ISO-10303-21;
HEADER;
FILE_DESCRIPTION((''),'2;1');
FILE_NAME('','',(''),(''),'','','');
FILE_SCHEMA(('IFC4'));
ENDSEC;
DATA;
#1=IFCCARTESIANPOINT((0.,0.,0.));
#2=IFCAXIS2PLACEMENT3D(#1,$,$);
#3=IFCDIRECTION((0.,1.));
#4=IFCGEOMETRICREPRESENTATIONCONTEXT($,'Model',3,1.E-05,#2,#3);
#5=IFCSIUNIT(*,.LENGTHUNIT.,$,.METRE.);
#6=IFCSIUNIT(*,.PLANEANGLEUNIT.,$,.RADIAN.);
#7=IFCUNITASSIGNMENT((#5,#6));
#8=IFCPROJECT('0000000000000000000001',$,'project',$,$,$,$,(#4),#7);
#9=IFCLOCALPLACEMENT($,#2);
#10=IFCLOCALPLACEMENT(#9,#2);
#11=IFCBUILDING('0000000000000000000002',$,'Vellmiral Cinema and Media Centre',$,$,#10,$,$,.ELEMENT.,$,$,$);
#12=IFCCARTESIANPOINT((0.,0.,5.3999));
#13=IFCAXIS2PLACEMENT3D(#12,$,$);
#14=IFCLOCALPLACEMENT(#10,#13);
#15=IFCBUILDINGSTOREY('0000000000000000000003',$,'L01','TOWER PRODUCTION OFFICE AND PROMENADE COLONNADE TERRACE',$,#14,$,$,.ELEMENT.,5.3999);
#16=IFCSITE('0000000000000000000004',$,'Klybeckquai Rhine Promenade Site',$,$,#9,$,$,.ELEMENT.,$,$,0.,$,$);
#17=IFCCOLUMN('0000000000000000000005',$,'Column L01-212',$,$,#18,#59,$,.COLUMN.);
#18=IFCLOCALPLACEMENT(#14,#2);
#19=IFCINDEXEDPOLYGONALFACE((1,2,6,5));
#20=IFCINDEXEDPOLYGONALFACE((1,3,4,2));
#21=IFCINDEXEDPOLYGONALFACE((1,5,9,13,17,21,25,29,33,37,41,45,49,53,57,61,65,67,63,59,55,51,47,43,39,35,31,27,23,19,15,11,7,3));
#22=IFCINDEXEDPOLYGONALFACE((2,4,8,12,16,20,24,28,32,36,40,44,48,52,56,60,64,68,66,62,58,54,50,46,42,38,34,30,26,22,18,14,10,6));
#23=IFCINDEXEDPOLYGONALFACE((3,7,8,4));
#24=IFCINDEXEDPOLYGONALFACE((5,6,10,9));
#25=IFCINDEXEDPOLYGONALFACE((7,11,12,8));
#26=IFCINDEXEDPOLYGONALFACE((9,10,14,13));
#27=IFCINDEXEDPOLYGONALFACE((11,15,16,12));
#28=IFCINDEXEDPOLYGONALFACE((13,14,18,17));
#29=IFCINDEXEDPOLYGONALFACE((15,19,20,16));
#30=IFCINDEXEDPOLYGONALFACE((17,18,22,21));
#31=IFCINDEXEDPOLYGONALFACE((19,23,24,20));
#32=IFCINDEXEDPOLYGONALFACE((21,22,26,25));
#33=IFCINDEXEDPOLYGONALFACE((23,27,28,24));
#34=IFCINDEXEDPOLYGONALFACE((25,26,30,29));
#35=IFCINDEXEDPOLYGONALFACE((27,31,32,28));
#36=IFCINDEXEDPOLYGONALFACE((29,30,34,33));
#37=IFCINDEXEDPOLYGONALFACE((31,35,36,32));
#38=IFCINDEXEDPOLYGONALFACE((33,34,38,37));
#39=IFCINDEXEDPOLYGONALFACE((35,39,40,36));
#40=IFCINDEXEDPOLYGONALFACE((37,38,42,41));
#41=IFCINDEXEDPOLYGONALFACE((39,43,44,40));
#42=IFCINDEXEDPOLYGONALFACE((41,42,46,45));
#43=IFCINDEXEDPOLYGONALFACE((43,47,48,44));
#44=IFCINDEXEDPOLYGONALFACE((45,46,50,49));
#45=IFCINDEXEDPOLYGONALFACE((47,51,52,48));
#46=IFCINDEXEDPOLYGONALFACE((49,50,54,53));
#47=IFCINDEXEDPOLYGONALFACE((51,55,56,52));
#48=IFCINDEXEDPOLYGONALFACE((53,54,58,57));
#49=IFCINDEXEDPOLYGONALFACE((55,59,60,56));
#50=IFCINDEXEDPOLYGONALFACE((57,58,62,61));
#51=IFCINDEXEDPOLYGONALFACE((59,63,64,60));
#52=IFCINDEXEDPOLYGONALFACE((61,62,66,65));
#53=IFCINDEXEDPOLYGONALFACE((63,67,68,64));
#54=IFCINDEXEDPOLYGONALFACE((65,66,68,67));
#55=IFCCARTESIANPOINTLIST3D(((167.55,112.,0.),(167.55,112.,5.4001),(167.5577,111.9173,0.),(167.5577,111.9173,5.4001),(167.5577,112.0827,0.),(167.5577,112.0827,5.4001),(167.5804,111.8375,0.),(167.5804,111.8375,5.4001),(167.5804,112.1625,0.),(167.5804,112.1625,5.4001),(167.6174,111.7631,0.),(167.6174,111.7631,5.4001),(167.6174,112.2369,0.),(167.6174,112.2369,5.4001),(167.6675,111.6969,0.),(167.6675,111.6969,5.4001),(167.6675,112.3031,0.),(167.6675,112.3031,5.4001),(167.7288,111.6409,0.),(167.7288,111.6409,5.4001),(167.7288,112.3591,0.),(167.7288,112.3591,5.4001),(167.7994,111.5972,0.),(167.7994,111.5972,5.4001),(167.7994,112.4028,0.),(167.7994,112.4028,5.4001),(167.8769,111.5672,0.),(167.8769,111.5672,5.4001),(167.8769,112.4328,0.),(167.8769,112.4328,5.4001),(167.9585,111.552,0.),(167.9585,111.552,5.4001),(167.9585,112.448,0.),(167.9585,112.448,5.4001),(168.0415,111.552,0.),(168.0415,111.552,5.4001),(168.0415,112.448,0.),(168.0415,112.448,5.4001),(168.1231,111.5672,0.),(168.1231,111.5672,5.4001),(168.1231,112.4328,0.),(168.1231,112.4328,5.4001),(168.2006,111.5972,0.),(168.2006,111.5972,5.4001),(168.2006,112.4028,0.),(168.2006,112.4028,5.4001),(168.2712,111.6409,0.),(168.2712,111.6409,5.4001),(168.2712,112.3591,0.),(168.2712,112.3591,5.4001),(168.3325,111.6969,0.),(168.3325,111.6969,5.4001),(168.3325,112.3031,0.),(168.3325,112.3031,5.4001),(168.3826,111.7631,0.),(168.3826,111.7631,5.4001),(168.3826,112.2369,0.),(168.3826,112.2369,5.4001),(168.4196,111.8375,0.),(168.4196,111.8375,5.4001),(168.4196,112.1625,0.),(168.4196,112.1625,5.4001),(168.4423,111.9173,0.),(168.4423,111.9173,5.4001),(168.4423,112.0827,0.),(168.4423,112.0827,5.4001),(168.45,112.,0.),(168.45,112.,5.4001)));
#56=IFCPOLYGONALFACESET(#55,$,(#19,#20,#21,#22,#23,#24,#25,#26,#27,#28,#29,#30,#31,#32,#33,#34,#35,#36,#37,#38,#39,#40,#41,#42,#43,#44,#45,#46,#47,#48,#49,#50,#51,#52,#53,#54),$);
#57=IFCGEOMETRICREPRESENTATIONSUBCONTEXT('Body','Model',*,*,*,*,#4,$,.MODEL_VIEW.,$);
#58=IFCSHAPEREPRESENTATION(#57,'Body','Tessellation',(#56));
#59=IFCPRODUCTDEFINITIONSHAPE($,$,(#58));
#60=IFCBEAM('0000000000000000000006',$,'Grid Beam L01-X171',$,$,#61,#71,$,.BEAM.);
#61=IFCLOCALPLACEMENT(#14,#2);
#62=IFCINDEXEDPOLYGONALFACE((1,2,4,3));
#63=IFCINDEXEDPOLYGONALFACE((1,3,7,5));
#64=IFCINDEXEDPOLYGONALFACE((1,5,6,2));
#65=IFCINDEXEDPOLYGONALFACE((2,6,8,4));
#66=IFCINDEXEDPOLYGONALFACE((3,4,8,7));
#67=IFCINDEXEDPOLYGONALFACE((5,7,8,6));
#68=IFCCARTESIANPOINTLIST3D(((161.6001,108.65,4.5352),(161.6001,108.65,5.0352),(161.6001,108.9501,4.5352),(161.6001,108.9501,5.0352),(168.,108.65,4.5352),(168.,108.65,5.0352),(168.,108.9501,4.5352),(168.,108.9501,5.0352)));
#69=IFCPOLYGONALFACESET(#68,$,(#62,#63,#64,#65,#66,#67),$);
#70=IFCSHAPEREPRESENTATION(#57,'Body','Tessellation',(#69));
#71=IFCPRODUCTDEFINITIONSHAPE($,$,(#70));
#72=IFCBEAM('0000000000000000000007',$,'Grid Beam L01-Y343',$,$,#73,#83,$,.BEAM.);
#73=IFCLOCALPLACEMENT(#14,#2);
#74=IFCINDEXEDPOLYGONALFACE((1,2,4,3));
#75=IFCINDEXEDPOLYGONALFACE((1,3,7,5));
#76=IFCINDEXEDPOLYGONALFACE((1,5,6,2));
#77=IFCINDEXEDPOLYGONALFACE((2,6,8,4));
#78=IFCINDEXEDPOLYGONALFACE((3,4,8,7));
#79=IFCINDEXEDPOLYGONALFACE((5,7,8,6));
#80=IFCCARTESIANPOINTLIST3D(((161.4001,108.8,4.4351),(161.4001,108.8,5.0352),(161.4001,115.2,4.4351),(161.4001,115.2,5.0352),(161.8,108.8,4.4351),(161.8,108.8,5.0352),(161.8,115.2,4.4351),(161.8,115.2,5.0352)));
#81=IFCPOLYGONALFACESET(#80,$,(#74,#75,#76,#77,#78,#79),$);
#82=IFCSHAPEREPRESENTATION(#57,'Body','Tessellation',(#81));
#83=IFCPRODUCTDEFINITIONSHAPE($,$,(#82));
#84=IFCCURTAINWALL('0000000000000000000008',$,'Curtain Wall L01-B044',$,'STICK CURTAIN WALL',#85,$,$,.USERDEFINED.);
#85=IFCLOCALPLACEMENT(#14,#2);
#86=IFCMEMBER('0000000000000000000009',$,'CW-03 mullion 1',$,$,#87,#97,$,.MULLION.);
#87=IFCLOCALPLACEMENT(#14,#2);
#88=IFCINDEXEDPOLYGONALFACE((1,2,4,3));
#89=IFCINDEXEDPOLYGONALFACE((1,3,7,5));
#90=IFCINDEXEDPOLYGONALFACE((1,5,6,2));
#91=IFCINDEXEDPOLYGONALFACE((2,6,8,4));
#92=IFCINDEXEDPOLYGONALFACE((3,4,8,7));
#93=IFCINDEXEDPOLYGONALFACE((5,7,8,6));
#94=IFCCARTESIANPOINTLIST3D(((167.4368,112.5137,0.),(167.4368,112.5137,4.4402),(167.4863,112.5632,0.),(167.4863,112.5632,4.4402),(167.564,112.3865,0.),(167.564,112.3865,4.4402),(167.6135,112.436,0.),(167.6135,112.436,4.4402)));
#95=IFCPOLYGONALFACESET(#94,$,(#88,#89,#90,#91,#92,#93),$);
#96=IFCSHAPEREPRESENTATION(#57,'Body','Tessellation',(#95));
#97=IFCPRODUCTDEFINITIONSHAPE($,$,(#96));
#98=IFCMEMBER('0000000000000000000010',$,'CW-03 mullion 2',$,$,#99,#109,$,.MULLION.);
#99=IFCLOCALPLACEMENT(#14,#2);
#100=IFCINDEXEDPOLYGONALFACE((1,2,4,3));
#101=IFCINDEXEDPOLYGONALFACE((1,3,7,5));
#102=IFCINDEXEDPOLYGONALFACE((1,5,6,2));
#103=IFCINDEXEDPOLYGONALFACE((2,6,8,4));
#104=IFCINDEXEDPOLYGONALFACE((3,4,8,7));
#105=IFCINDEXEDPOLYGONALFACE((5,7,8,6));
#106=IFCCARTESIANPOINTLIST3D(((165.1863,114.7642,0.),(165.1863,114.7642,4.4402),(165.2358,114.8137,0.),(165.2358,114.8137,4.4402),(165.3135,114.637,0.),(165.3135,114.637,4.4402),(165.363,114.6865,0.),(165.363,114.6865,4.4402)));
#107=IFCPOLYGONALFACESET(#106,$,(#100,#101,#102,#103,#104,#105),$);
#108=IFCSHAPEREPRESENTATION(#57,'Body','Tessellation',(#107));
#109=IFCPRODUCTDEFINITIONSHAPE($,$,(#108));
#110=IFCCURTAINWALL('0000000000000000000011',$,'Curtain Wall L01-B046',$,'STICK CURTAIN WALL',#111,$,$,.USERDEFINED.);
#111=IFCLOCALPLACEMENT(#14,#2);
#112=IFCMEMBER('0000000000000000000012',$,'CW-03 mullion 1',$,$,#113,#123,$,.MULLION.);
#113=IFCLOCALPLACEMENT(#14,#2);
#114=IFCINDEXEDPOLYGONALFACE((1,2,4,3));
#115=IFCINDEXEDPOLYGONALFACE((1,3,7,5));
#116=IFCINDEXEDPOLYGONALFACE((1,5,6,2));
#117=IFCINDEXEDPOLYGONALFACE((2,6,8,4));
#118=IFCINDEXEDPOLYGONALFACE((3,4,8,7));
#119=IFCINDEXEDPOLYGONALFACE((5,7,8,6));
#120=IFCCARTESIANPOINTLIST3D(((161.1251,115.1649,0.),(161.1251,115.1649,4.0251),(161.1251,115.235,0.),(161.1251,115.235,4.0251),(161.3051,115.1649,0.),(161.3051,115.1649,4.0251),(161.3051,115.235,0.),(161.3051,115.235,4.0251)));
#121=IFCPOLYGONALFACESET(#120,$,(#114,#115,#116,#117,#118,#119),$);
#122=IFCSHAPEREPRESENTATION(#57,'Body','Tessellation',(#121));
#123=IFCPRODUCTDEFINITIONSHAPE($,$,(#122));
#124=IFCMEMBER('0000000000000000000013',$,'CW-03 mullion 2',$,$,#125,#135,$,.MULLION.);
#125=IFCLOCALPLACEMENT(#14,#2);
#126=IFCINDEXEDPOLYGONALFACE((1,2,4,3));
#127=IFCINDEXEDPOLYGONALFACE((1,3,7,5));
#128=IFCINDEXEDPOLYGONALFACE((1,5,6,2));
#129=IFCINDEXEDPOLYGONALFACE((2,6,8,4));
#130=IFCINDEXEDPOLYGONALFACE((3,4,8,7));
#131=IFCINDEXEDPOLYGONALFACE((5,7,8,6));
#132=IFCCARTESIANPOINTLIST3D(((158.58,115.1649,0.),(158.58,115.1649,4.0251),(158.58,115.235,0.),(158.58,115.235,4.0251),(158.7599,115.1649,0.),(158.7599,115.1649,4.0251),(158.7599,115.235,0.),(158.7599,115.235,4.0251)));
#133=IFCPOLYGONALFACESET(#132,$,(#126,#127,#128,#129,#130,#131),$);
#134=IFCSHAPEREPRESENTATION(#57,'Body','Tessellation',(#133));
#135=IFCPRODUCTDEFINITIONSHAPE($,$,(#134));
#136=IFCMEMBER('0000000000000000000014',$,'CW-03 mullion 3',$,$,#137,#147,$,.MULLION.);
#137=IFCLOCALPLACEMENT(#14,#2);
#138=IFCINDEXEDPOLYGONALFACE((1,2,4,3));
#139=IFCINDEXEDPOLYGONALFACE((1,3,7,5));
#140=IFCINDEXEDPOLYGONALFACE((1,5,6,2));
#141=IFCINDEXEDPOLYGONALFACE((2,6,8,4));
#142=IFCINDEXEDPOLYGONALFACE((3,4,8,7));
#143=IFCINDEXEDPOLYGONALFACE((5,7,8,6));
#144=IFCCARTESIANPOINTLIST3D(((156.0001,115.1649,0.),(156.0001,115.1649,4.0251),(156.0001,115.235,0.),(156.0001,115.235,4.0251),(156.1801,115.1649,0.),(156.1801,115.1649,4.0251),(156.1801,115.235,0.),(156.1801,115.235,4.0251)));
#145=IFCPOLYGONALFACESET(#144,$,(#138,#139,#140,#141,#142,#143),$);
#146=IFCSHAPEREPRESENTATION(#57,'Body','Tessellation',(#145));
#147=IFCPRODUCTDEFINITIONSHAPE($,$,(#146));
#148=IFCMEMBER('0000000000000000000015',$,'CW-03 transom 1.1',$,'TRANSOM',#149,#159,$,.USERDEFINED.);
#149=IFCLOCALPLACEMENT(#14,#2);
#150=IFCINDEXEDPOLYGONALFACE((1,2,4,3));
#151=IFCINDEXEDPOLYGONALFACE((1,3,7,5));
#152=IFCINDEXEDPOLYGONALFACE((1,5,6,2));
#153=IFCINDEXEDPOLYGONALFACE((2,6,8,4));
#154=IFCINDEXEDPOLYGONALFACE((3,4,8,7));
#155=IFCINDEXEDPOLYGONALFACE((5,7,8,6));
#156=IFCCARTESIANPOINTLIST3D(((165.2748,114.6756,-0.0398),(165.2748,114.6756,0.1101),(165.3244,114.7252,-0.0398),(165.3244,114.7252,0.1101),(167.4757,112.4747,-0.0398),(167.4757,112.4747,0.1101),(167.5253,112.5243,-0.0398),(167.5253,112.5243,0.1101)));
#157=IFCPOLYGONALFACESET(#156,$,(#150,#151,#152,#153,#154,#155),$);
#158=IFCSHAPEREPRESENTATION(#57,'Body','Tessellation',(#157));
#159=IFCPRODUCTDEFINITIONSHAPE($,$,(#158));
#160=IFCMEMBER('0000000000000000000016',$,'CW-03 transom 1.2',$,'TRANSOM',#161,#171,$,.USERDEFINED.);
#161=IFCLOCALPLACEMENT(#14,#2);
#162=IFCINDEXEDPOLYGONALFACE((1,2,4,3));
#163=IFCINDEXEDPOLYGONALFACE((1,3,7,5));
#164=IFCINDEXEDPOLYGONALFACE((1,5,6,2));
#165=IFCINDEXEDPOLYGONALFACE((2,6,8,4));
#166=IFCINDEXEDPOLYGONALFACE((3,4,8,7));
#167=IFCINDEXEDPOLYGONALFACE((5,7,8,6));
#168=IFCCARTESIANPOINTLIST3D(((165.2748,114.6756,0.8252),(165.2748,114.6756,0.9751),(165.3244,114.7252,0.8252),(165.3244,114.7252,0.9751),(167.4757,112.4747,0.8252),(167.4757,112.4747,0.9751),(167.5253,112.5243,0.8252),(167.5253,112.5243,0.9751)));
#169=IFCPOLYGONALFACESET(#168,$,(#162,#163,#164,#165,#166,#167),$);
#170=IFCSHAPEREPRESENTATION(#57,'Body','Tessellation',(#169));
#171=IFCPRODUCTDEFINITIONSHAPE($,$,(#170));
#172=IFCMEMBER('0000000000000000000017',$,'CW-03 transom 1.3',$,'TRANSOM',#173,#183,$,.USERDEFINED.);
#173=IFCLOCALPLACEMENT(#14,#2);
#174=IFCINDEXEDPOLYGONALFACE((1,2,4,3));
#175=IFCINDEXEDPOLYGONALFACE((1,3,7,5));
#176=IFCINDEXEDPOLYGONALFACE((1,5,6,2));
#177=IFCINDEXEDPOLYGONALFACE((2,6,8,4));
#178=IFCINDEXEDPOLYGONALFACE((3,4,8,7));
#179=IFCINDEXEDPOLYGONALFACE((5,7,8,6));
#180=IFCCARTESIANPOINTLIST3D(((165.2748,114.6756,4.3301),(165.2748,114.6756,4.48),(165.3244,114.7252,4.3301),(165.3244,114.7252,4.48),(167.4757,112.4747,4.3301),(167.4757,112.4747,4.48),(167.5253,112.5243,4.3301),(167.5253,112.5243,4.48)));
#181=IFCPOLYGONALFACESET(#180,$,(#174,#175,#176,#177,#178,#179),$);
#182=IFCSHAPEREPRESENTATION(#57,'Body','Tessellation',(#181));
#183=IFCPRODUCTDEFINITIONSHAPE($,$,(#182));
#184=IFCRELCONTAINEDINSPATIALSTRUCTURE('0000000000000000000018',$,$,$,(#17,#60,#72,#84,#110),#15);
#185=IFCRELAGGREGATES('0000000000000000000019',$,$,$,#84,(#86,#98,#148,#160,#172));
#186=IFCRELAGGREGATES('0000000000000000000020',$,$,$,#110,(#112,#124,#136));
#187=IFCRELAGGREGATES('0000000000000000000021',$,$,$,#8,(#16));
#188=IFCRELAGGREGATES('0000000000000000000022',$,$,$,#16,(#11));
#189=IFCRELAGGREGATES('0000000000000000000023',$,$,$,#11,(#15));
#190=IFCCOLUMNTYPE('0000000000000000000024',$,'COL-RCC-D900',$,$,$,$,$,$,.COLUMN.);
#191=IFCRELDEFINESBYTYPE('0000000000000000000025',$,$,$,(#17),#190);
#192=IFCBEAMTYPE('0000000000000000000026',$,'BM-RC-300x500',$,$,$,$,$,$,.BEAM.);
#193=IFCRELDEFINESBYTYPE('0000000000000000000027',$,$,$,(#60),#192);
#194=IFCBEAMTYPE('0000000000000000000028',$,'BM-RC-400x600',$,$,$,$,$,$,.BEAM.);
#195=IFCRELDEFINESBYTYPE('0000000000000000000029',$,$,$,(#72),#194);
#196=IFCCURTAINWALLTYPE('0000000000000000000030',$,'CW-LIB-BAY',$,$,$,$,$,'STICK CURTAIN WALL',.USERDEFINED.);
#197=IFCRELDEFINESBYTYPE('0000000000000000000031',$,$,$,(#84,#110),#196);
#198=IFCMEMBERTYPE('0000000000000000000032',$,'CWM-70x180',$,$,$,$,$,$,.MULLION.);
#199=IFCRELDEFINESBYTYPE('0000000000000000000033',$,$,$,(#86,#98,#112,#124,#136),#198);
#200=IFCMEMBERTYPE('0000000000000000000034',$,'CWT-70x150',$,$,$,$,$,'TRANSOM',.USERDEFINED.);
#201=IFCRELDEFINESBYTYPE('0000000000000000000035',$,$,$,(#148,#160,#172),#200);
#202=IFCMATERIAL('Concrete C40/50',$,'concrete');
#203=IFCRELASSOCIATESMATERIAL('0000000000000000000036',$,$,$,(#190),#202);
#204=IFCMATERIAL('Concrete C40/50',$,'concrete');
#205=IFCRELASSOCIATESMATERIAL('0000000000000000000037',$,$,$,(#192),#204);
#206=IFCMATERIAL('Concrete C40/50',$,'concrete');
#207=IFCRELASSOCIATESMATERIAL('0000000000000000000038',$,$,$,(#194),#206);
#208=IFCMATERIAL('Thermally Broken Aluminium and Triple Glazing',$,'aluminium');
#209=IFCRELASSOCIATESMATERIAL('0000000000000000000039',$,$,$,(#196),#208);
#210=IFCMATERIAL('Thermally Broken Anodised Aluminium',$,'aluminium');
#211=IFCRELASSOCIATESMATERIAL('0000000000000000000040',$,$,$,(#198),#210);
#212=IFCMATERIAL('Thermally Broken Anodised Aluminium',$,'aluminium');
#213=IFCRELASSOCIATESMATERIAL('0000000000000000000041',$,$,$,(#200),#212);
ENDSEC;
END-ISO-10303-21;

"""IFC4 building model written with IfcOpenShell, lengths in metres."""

from ifc_helpers import new_model, si_unit, direction, frame, origin, origin_2d, place, context, subcontext, project, spatial, rectangle, circle, extrude, material, material_profile, profile_set, type_object, element, aggregate, save


model = new_model("IFC4")

# Units and contexts
model_context = context("Model", 3, precision=1e-05, world=origin(), true_north=direction((0.0, 1.0)))
body_context = subcontext(model_context, "Body", "Model", "MODEL_VIEW")
ifc_project = project(units=[si_unit("LENGTHUNIT", "METRE"), si_unit("PLANEANGLEUNIT", "RADIAN")], contexts=[model_context])

# Site, building, storey
site_placement = place(None, origin())
site = spatial("IfcSite", under=ifc_project, at=site_placement, Name="Klybeckquai Rhine Promenade Site", CompositionType="ELEMENT", RefElevation=0.0)
building_placement = place(site_placement, origin())
building = spatial("IfcBuilding", under=site, at=building_placement, Name="Vellmiral Cinema and Media Centre", CompositionType="ELEMENT")
storey_placement = place(building_placement, frame((0.0, 0.0, 5.3999)))
storey = spatial("IfcBuildingStorey", under=building, at=storey_placement, Name="L01", Description="TOWER PRODUCTION OFFICE AND PROMENADE COLONNADE TERRACE", CompositionType="ELEMENT", Elevation=5.3999)

# Column
ifc_material_1 = material(Name="Concrete C40/50", Category="concrete")
ifc_material_profile_1 = material_profile(ifc_material_1, circle(Radius=0.45, at=origin_2d()), Name="RC D900")
ifc_profile_set_1 = profile_set([ifc_material_profile_1], Name="Concrete C40/50")
column_type_1 = type_object("IfcColumnType", Name="COL-RCC-D900", PredefinedType="COLUMN", material=ifc_profile_set_1)
for number, where, z_axis, x_axis, name in (
    (1, (168.0, 112.0, 0.0), (0.0, 0.0, 1.0), (1.0, 0.0, 0.0), "Column L01-212"),
):
    element("IfcColumn", number, at=place(storey_placement, frame(where, z_axis=z_axis, x_axis=x_axis)), inside=storey, type_object=column_type_1, Name=name, PredefinedType="COLUMN", context=body_context, shape_type="SweptSolid", body=[
        extrude(circle(Radius=0.45, at=origin_2d()), origin(), (0.0, 0.0, 1.0), 5.4001),
    ])

# Beams
ifc_material_2 = material(Name="Concrete C40/50", Category="concrete")
ifc_material_profile_2 = material_profile(ifc_material_2, rectangle(XDim=0.3, YDim=0.5, at=origin_2d()), Name="RC 300x500")
ifc_profile_set_2 = profile_set([ifc_material_profile_2], Name="Concrete C40/50")
beam_type_1 = type_object("IfcBeamType", Name="BM-RC-300x500", PredefinedType="BEAM", material=ifc_profile_set_2)
beam_1_placement = place(storey_placement, frame((161.6001, 108.8, 4.7852), z_axis=(1.0, 0.0, 0.0), x_axis=(0.0, 1.0, 0.0)))
element("IfcBeam", 2, at=beam_1_placement, inside=storey, type_object=beam_type_1, Name="Grid Beam L01-X171", PredefinedType="BEAM", context=body_context, shape_type="SweptSolid", body=[
    extrude(rectangle(XDim=0.3, YDim=0.5, at=origin_2d()), origin(), (0.0, 0.0, 1.0), 6.3999),
])
ifc_material_3 = material(Name="Concrete C40/50", Category="concrete")
ifc_material_profile_3 = material_profile(ifc_material_3, rectangle(XDim=0.3999, YDim=0.6001, at=origin_2d()), Name="RC 400x600")
ifc_profile_set_3 = profile_set([ifc_material_profile_3], Name="Concrete C40/50")
beam_type_2 = type_object("IfcBeamType", Name="BM-RC-400x600", PredefinedType="BEAM", material=ifc_profile_set_3)
beam_2_placement = place(storey_placement, frame((161.6001, 108.8, 4.7351), z_axis=(0.0, 1.0, 0.0), x_axis=(-1.0, 0.0, 0.0)))
element("IfcBeam", 3, at=beam_2_placement, inside=storey, type_object=beam_type_2, Name="Grid Beam L01-Y343", PredefinedType="BEAM", context=body_context, shape_type="SweptSolid", body=[
    extrude(rectangle(XDim=0.3999, YDim=0.6001, at=origin_2d()), origin(), (0.0, 0.0, 1.0), 6.3999),
])

# Curtain walls, members
ifc_material_4 = material(Name="Thermally Broken Aluminium and Triple Glazing", Category="aluminium")
curtain_wall_type = type_object("IfcCurtainWallType", Name="CW-LIB-BAY", ElementType="STICK CURTAIN WALL", PredefinedType="USERDEFINED", material=ifc_material_4)
curtain_wall_1_placement = place(storey_placement, origin())
curtain_wall_1 = element("IfcCurtainWall", 4, at=curtain_wall_1_placement, inside=storey, type_object=curtain_wall_type, Name="Curtain Wall L01-B044", ObjectType="STICK CURTAIN WALL", PredefinedType="USERDEFINED")
ifc_material_5 = material(Name="Thermally Broken Anodised Aluminium", Category="aluminium")
ifc_material_profile_4 = material_profile(ifc_material_5, rectangle(XDim=0.0701, YDim=0.1799, at=origin_2d()), Name="MULL 70x180")
ifc_profile_set_4 = profile_set([ifc_material_profile_4], Name="Thermally Broken Anodised Aluminium")
member_type_1 = type_object("IfcMemberType", Name="CWM-70x180", PredefinedType="MULLION", material=ifc_profile_set_4)
member_1_placement = place(storey_placement, frame((167.5251, 112.4749, 0.0), z_axis=(0.0, 0.0, 1.0), x_axis=(-0.707107, -0.707107, 0.0)))
member_1 = element("IfcMember", 5, at=member_1_placement, type_object=member_type_1, Name="CW-03 mullion 1", PredefinedType="MULLION", context=body_context, shape_type="SweptSolid", body=[
    extrude(rectangle(XDim=0.0701, YDim=0.1799, at=origin_2d()), origin(), (0.0, 0.0, 1.0), 4.4402),
])
member_2_placement = place(storey_placement, frame((165.2747, 114.7253, 0.0), z_axis=(0.0, 0.0, 1.0), x_axis=(-0.707107, -0.707107, 0.0)))
member_2 = element("IfcMember", 6, at=member_2_placement, type_object=member_type_1, Name="CW-03 mullion 2", PredefinedType="MULLION", context=body_context, shape_type="SweptSolid", body=[
    extrude(rectangle(XDim=0.0701, YDim=0.1799, at=origin_2d()), origin(), (0.0, 0.0, 1.0), 4.4402),
])
curtain_wall_2_placement = place(storey_placement, origin())
curtain_wall_2 = element("IfcCurtainWall", 7, at=curtain_wall_2_placement, inside=storey, type_object=curtain_wall_type, Name="Curtain Wall L01-B046", ObjectType="STICK CURTAIN WALL", PredefinedType="USERDEFINED")
member_3_placement = place(storey_placement, frame((161.2151, 115.2, 0.0), z_axis=(0.0, 0.0, 1.0), x_axis=(0.0, -1.0, 0.0)))
member_3 = element("IfcMember", 8, at=member_3_placement, type_object=member_type_1, Name="CW-03 mullion 1", PredefinedType="MULLION", context=body_context, shape_type="SweptSolid", body=[
    extrude(rectangle(XDim=0.0701, YDim=0.1799, at=origin_2d()), origin(), (0.0, 0.0, 1.0), 4.0251),
])
member_4_placement = place(storey_placement, frame((158.6699, 115.2, 0.0), z_axis=(0.0, 0.0, 1.0), x_axis=(0.0, -1.0, 0.0)))
member_4 = element("IfcMember", 9, at=member_4_placement, type_object=member_type_1, Name="CW-03 mullion 2", PredefinedType="MULLION", context=body_context, shape_type="SweptSolid", body=[
    extrude(rectangle(XDim=0.0701, YDim=0.1799, at=origin_2d()), origin(), (0.0, 0.0, 1.0), 4.0251),
])
member_5_placement = place(storey_placement, frame((156.0901, 115.2, 0.0), z_axis=(0.0, 0.0, 1.0), x_axis=(0.0, -1.0, 0.0)))
member_5 = element("IfcMember", 10, at=member_5_placement, type_object=member_type_1, Name="CW-03 mullion 3", PredefinedType="MULLION", context=body_context, shape_type="SweptSolid", body=[
    extrude(rectangle(XDim=0.0701, YDim=0.1799, at=origin_2d()), origin(), (0.0, 0.0, 1.0), 4.0251),
])

# Members
ifc_material_6 = material(Name="Thermally Broken Anodised Aluminium", Category="aluminium")
ifc_material_profile_5 = material_profile(ifc_material_6, rectangle(XDim=0.0701, YDim=0.1499, at=origin_2d()), Name="MULL 70x150")
ifc_profile_set_5 = profile_set([ifc_material_profile_5], Name="Thermally Broken Anodised Aluminium")
member_type_2 = type_object("IfcMemberType", Name="CWT-70x150", ElementType="TRANSOM", PredefinedType="USERDEFINED", material=ifc_profile_set_5)
member_6_placement = place(storey_placement, frame((167.5005, 112.4995, 0.0352), z_axis=(-0.707107, 0.707107, 0.0), x_axis=(-0.707107, -0.707107, 0.0)))
member_6 = element("IfcMember", 11, at=member_6_placement, type_object=member_type_2, Name="CW-03 transom 1.1", ObjectType="TRANSOM", PredefinedType="USERDEFINED", context=body_context, shape_type="SweptSolid", body=[
    extrude(rectangle(XDim=0.0701, YDim=0.1499, at=origin_2d()), origin(), (0.0, 0.0, 1.0), 3.1125),
])
member_7_placement = place(storey_placement, frame((167.5005, 112.4995, 0.9001), z_axis=(-0.707107, 0.707107, 0.0), x_axis=(-0.707107, -0.707107, 0.0)))
member_7 = element("IfcMember", 12, at=member_7_placement, type_object=member_type_2, Name="CW-03 transom 1.2", ObjectType="TRANSOM", PredefinedType="USERDEFINED", context=body_context, shape_type="SweptSolid", body=[
    extrude(rectangle(XDim=0.0701, YDim=0.1499, at=origin_2d()), origin(), (0.0, 0.0, 1.0), 3.1125),
])
member_8_placement = place(storey_placement, frame((167.5005, 112.4995, 4.405), z_axis=(-0.707107, 0.707107, 0.0), x_axis=(-0.707107, -0.707107, 0.0)))
member_8 = element("IfcMember", 13, at=member_8_placement, type_object=member_type_2, Name="CW-03 transom 1.3", ObjectType="TRANSOM", PredefinedType="USERDEFINED", context=body_context, shape_type="SweptSolid", body=[
    extrude(rectangle(XDim=0.0701, YDim=0.1499, at=origin_2d()), origin(), (0.0, 0.0, 1.0), 3.1125),
])

aggregate(curtain_wall_1, [member_1, member_2, member_6, member_7, member_8])
aggregate(curtain_wall_2, [member_3, member_4, member_5])

save(model, "model.ifc")
